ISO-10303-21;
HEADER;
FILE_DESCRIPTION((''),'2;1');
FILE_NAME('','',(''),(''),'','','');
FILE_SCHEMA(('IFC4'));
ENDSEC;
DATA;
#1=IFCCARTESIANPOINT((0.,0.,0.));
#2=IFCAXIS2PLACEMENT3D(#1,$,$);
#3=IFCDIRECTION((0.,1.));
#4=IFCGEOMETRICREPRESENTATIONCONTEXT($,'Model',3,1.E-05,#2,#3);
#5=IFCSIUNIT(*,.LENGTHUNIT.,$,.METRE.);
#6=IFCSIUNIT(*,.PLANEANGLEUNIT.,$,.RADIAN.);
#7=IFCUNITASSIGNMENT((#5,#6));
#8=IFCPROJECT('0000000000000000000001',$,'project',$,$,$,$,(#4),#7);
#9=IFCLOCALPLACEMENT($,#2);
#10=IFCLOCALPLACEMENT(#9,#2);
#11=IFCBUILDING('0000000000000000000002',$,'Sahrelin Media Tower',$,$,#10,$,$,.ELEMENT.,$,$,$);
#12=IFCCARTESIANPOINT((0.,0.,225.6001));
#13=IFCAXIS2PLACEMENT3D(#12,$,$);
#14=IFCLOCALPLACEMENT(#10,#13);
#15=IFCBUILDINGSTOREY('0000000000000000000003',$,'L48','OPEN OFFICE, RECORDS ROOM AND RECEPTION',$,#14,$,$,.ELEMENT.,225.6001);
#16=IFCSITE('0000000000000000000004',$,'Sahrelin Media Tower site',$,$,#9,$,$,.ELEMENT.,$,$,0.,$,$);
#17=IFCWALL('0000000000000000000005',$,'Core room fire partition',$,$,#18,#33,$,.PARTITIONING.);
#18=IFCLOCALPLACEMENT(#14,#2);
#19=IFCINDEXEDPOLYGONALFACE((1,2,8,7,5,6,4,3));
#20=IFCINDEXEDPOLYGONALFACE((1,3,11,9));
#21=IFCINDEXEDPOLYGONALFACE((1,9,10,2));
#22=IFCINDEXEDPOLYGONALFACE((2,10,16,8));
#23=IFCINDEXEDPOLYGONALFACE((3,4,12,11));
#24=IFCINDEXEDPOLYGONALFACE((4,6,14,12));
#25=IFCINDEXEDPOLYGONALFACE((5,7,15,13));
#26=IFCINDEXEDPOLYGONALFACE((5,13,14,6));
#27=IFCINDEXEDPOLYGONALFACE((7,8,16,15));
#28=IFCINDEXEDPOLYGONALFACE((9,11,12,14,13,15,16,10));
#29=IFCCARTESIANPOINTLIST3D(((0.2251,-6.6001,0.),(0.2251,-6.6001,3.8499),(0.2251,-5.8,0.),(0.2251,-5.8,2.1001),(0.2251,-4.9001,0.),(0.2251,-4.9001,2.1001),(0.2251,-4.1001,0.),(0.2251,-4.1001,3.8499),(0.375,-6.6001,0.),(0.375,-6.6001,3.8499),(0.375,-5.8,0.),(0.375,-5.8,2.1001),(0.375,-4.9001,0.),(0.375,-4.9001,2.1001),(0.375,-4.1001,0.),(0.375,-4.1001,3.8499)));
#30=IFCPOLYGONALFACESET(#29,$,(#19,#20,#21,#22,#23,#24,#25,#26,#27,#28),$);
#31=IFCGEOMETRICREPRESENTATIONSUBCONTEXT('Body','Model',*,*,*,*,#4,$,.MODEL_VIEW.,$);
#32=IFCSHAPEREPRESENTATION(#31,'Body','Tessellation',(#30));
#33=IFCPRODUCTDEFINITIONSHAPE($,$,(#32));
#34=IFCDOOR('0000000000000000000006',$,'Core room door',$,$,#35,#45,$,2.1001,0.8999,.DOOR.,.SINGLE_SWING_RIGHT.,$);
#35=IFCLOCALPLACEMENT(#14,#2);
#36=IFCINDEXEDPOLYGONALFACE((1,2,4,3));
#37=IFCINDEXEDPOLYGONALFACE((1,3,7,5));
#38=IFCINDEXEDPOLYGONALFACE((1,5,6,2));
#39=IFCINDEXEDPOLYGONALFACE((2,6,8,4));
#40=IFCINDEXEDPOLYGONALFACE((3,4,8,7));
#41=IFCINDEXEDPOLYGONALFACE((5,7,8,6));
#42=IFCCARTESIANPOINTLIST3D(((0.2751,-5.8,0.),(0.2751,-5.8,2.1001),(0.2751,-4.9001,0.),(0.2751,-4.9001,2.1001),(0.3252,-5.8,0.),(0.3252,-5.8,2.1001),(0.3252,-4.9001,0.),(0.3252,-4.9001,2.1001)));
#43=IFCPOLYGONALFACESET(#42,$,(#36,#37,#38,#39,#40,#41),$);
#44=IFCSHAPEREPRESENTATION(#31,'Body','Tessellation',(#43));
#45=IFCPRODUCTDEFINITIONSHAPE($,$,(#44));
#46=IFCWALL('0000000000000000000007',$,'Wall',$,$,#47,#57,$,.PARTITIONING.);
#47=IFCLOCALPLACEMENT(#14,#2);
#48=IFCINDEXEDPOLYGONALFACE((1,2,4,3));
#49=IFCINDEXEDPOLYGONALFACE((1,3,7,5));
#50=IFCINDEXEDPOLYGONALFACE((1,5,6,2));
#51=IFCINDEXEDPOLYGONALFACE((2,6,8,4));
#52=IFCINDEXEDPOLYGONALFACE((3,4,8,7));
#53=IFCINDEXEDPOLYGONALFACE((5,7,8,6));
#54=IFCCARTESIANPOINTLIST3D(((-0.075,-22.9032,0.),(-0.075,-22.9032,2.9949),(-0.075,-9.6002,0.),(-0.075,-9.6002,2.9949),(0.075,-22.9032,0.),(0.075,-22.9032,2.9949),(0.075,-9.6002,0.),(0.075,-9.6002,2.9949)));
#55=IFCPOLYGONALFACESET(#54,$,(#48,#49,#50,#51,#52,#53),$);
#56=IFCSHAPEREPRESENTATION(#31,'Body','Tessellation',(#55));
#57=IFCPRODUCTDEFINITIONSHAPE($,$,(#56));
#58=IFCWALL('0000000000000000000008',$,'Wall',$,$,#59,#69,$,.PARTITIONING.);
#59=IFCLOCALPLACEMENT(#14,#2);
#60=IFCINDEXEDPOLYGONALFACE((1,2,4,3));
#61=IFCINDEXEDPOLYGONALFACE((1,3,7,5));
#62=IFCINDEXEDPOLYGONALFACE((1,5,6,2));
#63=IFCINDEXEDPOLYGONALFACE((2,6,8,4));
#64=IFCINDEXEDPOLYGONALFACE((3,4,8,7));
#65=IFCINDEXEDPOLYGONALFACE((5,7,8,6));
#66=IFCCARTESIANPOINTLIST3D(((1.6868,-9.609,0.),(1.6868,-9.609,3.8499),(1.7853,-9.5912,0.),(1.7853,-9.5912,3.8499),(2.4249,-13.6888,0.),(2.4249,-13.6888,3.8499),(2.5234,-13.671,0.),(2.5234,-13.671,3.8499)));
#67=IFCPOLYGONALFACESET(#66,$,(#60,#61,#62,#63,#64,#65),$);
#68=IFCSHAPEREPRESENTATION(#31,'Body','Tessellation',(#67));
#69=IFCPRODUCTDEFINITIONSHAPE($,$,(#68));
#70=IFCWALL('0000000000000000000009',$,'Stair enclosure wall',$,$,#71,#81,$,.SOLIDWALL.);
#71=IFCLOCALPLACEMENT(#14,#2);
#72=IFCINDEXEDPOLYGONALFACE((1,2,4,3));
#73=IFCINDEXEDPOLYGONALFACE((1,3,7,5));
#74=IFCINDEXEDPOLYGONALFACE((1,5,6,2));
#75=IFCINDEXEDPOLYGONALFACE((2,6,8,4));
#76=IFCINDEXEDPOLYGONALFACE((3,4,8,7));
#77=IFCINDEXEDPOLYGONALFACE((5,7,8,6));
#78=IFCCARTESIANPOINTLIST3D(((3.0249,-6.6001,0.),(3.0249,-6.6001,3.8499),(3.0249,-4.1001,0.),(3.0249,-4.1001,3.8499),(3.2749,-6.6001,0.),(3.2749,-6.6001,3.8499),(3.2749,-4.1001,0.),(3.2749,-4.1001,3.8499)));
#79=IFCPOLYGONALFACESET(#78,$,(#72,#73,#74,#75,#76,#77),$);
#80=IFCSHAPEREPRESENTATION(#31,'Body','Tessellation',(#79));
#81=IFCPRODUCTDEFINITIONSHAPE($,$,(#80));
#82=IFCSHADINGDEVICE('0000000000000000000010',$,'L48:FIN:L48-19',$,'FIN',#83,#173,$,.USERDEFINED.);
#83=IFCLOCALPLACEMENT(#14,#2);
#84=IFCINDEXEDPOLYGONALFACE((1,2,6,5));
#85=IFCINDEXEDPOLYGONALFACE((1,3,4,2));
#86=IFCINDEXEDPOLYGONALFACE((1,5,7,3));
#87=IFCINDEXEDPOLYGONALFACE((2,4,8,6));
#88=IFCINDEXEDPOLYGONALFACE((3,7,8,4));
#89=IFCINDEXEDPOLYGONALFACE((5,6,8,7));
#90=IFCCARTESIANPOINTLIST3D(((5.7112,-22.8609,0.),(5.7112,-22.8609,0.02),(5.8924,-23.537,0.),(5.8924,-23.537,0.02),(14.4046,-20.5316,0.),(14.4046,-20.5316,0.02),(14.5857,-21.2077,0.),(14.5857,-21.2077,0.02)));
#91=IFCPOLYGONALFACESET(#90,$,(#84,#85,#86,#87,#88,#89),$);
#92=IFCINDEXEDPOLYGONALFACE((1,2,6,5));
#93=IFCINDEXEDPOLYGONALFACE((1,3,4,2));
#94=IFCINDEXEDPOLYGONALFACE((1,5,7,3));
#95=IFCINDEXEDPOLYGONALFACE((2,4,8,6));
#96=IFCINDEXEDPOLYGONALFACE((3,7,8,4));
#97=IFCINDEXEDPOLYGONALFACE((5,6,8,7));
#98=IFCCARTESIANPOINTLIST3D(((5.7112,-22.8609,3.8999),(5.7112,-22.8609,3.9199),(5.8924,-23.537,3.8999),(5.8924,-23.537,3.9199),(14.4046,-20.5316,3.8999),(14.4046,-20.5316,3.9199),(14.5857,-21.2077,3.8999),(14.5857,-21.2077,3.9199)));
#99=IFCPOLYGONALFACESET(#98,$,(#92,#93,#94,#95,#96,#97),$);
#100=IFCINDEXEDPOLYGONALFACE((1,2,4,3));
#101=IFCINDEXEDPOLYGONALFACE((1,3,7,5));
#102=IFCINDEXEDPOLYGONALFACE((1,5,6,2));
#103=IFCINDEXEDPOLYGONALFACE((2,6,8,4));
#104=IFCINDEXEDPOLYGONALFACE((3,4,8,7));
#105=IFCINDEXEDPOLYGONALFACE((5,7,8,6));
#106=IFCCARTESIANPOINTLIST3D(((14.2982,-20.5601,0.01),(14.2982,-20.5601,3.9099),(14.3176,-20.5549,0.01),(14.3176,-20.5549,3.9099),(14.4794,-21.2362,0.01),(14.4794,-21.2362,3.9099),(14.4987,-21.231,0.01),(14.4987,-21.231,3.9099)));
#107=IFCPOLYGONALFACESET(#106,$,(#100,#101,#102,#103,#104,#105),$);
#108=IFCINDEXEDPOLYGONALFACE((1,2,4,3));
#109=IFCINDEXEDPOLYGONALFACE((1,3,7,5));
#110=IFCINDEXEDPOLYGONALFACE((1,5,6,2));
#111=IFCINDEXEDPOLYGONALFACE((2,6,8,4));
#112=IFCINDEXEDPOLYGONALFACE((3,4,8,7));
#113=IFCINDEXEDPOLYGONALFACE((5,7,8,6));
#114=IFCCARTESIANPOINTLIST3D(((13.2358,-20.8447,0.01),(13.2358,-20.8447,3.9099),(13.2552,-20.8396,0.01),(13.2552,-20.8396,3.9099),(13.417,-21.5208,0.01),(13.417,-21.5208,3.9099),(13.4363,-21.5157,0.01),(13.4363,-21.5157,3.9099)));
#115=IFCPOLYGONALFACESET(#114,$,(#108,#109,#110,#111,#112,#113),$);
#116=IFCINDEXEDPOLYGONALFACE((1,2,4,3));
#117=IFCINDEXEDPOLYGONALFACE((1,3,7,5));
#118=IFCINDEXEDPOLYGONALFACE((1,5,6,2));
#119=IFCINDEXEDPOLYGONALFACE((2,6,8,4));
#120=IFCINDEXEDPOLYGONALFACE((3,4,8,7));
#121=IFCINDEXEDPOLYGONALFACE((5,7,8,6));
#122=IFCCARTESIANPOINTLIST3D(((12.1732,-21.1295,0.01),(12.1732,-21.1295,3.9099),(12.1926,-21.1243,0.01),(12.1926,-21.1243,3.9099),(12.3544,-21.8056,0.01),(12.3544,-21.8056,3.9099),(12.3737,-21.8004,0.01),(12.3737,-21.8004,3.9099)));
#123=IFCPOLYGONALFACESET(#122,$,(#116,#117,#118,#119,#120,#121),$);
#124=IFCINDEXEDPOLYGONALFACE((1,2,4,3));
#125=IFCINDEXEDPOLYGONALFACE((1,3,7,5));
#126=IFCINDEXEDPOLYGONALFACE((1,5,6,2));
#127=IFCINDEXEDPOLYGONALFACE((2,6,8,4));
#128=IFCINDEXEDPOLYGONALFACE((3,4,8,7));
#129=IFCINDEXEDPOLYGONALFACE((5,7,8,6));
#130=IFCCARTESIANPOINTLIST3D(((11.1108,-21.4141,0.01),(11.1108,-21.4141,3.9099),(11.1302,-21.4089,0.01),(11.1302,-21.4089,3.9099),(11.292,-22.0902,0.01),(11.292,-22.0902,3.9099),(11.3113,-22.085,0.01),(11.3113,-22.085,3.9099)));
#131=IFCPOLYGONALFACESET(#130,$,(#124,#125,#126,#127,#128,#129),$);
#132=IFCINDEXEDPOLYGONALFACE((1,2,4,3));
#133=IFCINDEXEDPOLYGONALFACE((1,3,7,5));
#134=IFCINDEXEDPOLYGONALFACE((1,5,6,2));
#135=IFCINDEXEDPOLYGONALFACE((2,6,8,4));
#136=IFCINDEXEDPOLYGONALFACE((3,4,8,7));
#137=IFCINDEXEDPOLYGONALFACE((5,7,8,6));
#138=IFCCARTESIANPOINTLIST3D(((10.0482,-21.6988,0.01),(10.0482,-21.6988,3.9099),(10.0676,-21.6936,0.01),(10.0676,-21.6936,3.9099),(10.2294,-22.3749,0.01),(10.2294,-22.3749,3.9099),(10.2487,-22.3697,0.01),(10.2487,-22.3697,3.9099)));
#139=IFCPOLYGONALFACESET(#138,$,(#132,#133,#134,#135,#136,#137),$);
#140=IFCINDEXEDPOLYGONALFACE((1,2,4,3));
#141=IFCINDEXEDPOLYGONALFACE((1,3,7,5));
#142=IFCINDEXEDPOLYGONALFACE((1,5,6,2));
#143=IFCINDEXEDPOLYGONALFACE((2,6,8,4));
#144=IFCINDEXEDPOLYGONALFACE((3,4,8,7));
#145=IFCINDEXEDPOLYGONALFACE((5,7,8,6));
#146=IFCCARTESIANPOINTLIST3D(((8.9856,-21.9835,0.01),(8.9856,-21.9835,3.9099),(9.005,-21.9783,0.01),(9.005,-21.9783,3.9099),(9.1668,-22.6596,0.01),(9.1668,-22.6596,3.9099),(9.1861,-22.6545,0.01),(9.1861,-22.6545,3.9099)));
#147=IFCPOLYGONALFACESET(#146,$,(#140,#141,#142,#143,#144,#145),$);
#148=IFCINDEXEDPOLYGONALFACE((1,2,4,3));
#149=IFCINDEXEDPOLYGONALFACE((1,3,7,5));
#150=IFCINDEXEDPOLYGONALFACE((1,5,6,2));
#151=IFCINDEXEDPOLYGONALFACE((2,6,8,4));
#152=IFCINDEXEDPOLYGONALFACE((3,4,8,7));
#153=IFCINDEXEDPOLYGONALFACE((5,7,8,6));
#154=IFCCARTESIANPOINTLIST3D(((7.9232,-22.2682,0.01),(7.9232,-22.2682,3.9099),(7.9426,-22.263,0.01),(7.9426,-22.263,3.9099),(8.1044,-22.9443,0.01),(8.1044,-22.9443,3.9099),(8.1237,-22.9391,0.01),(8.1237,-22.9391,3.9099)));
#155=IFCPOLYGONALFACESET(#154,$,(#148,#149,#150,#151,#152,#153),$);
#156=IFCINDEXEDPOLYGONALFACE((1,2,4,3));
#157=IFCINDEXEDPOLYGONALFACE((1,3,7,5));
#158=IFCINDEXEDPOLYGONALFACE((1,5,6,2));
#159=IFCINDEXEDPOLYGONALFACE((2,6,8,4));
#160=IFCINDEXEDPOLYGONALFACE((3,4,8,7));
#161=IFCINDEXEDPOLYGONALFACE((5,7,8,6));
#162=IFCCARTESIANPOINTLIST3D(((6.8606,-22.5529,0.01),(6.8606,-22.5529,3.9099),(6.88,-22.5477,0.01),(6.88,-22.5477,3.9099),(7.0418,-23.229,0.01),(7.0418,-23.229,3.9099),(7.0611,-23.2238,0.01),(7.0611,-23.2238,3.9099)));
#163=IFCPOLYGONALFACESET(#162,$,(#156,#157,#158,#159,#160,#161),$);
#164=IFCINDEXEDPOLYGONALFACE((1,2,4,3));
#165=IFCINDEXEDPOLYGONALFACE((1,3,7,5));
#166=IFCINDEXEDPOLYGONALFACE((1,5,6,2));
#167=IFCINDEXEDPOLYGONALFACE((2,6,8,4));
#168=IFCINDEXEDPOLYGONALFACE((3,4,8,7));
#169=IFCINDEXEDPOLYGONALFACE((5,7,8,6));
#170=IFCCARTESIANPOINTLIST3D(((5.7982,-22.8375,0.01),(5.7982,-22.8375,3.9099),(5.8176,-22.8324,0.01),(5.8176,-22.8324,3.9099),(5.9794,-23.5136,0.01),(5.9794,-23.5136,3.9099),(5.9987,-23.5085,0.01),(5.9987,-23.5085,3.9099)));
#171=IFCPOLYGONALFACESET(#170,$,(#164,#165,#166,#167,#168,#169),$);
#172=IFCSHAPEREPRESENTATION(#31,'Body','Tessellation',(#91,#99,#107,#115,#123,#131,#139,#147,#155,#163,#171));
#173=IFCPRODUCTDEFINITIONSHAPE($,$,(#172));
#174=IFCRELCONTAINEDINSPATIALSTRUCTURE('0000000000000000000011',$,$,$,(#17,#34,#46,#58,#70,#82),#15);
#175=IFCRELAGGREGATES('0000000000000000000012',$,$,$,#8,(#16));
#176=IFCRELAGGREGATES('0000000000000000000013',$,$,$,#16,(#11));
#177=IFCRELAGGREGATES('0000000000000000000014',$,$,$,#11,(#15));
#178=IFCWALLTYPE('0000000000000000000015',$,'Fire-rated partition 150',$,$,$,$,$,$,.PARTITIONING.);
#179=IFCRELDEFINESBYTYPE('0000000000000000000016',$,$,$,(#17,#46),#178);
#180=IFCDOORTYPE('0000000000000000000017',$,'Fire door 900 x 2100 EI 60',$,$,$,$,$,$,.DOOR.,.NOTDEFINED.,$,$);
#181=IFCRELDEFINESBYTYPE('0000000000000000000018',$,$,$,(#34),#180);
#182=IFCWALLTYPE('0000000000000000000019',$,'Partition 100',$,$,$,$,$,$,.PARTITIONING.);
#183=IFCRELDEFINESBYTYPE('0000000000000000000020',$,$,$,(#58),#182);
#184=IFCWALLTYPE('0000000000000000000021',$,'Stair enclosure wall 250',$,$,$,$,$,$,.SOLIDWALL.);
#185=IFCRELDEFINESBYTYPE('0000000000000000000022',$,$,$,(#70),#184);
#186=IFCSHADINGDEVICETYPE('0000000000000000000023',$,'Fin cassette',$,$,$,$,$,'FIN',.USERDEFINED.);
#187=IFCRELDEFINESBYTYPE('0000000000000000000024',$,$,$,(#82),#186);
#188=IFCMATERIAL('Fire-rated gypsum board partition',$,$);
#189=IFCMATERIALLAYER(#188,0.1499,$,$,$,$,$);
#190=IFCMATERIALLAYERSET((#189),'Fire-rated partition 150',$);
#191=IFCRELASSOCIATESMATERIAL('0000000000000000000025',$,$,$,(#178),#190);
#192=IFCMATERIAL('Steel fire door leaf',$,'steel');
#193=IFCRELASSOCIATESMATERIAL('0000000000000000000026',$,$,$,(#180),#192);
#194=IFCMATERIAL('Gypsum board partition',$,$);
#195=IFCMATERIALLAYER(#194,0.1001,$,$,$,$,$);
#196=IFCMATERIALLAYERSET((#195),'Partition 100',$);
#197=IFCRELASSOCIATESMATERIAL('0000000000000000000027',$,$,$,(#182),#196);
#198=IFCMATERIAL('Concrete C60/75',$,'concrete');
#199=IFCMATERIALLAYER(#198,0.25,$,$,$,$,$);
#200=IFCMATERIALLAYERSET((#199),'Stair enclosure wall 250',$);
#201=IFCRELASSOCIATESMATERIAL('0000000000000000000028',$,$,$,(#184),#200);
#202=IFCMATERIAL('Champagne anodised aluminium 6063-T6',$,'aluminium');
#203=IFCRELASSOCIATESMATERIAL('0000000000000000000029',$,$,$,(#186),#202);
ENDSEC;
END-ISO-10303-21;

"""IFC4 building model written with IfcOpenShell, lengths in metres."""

from ifc_helpers import new_model, si_unit, direction, frame, frame_2d, origin, origin_2d, place, context, subcontext, project, spatial, rectangle, extrude, material, layer, layer_set, type_object, element, fill, save


model = new_model("IFC4")

# Units and contexts
model_context = context("Model", 3, precision=1e-05, world=origin(), true_north=direction((0.0, 1.0)))
body_context = subcontext(model_context, "Body", "Model", "MODEL_VIEW")
ifc_project = project(units=[si_unit("LENGTHUNIT", "METRE"), si_unit("PLANEANGLEUNIT", "RADIAN")], contexts=[model_context])

# Site, building, storey
site_placement = place(None, origin())
site = spatial("IfcSite", under=ifc_project, at=site_placement, Name="Sahrelin Media Tower site", CompositionType="ELEMENT", RefElevation=0.0)
building_placement = place(site_placement, origin())
building = spatial("IfcBuilding", under=site, at=building_placement, Name="Sahrelin Media Tower", CompositionType="ELEMENT")
storey_placement = place(building_placement, frame((0.0, 0.0, 225.6001)))
storey = spatial("IfcBuildingStorey", under=building, at=storey_placement, Name="L48", Description="OPEN OFFICE, RECORDS ROOM AND RECEPTION", CompositionType="ELEMENT", Elevation=225.6001)

# Shared definitions
ifc_material_1 = material(Name="Champagne anodised aluminium 6063-T6", Category="aluminium")

# Wall, opening, door
ifc_material_2 = material(Name="Fire-rated gypsum board partition")
ifc_layer_1 = layer(ifc_material_2, 0.1499)
ifc_layer_set_1 = layer_set([ifc_layer_1], Name="Fire-rated partition 150")
wall_type_1 = type_object("IfcWallType", Name="Fire-rated partition 150", PredefinedType="PARTITIONING", material=ifc_layer_set_1)
wall_1_placement = place(storey_placement, frame((0.3, -6.6001, 0.0), z_axis=(0.0, 0.0, 1.0), x_axis=(0.0, 1.0, 0.0)))
wall_1 = element("IfcWall", 1, at=wall_1_placement, inside=storey, type_object=wall_type_1, Name="Core room fire partition", PredefinedType="PARTITIONING", context=body_context, shape_type="SweptSolid", body=[
    extrude(rectangle(XDim=2.5, YDim=0.1499, at=frame_2d((1.25, 0.0))), origin(), (0.0, 0.0, 1.0), 3.8499),
])
opening_placement = place(wall_1_placement, frame((0.8, 0.0, 0.0)))
opening = element("IfcOpeningElement", 2, at=opening_placement, cuts=wall_1, PredefinedType="OPENING", context=body_context, shape_type="SweptSolid", body=[
    extrude(rectangle(XDim=0.8999, YDim=2.1001, at=frame_2d((0.45, 1.05))), frame((0.0, 0.075, 0.0), z_axis=(0.0, -1.0, 0.0), x_axis=(1.0, 0.0, 0.0)), (0.0, 0.0, 1.0), 0.1499),
])
ifc_material_3 = material(Name="Steel fire door leaf", Category="steel")
door_type = type_object("IfcDoorType", Name="Fire door 900 x 2100 EI 60", OperationType="NOTDEFINED", PredefinedType="DOOR", material=ifc_material_3)
door_placement = place(opening_placement, origin())
door = element("IfcDoor", 3, at=door_placement, inside=storey, type_object=door_type, Name="Core room door", OperationType="SINGLE_SWING_RIGHT", OverallHeight=2.1001, OverallWidth=0.8999, PredefinedType="DOOR", context=body_context, shape_type="SweptSolid", body=[
    extrude(rectangle(XDim=0.8999, YDim=2.1001, at=frame_2d((0.45, 1.05))), frame((0.0, 0.0249, 0.0), z_axis=(0.0, -1.0, 0.0), x_axis=(1.0, 0.0, 0.0)), (0.0, 0.0, 1.0), 0.05),
])
fill(opening, door)

# Walls
wall_2_placement = place(storey_placement, frame((0.0, -22.9031, 0.0), z_axis=(0.0, 0.0, 1.0), x_axis=(0.0, 1.0, 0.0)))
element("IfcWall", 4, at=wall_2_placement, inside=storey, type_object=wall_type_1, Name="Wall", PredefinedType="PARTITIONING", context=body_context, shape_type="SweptSolid", body=[
    extrude(rectangle(XDim=13.303, YDim=0.1499, at=frame_2d((6.6514, 0.0))), origin(), (0.0, 0.0, 1.0), 2.9949),
])
ifc_material_4 = material(Name="Gypsum board partition")
ifc_layer_2 = layer(ifc_material_4, 0.1001)
ifc_layer_set_2 = layer_set([ifc_layer_2], Name="Partition 100")
wall_type_2 = type_object("IfcWallType", Name="Partition 100", PredefinedType="PARTITIONING", material=ifc_layer_set_2)
wall_3_placement = place(storey_placement, frame((1.7361, -9.6001, 0.0), z_axis=(0.0, 0.0, 1.0), x_axis=(0.17801, -0.984029, 0.0)))
element("IfcWall", 5, at=wall_3_placement, inside=storey, type_object=wall_type_2, Name="Wall", PredefinedType="PARTITIONING", context=body_context, shape_type="SweptSolid", body=[
    extrude(rectangle(XDim=4.146, YDim=0.1001, at=frame_2d((2.073, 0.0))), origin(), (0.0, 0.0, 1.0), 3.8499),
])
ifc_material_5 = material(Name="Concrete C60/75", Category="concrete")
ifc_layer_3 = layer(ifc_material_5, 0.25)
ifc_layer_set_3 = layer_set([ifc_layer_3], Name="Stair enclosure wall 250")
wall_type_3 = type_object("IfcWallType", Name="Stair enclosure wall 250", PredefinedType="SOLIDWALL", material=ifc_layer_set_3)
wall_4_placement = place(storey_placement, frame((3.1499, -6.6001, 0.0), z_axis=(0.0, 0.0, 1.0), x_axis=(0.0, 1.0, 0.0)))
element("IfcWall", 6, at=wall_4_placement, inside=storey, type_object=wall_type_3, Name="Stair enclosure wall", PredefinedType="SOLIDWALL", context=body_context, shape_type="SweptSolid", body=[
    extrude(rectangle(XDim=2.5, YDim=0.25, at=frame_2d((1.25, 0.0))), origin(), (0.0, 0.0, 1.0), 3.8499),
])

# Shading device
shading_device_type_1 = type_object("IfcShadingDeviceType", Name="Fin cassette", ElementType="FIN", PredefinedType="USERDEFINED", material=ifc_material_1)
placement = place(storey_placement, frame((10.0398, -21.6287, 0.0), z_axis=(0.0, 0.0, 1.0), x_axis=(-0.965929, -0.258808, 0.0)))
element("IfcShadingDevice", 7, at=placement, inside=storey, type_object=shading_device_type_1, Name="L48:FIN:L48-19", ObjectType="FIN", PredefinedType="USERDEFINED", context=body_context, shape_type="SweptSolid", body=[
    extrude(rectangle(XDim=9.0, YDim=0.7, at=origin_2d()), frame((0.0, 0.4199, 0.0)), (0.0, 0.0, 1.0), 0.02),
    extrude(rectangle(XDim=9.0, YDim=0.7, at=origin_2d()), frame((0.0, 0.4199, 3.8999)), (0.0, 0.0, 1.0), 0.02),
    extrude(rectangle(XDim=0.02, YDim=0.7, at=origin_2d()), frame((-4.3999, 0.4199, 0.01), z_axis=(0.0, 0.0, 1.0), x_axis=(1.0, 0.0, 0.0)), (0.0, 0.0, 1.0), 3.8999),
    extrude(rectangle(XDim=0.02, YDim=0.7, at=origin_2d()), frame((-3.3, 0.4199, 0.01), z_axis=(0.0, 0.0, 1.0), x_axis=(1.0, 0.0, 0.0)), (0.0, 0.0, 1.0), 3.8999),
    extrude(rectangle(XDim=0.02, YDim=0.7, at=origin_2d()), frame((-2.2, 0.4199, 0.01), z_axis=(0.0, 0.0, 1.0), x_axis=(1.0, 0.0, 0.0)), (0.0, 0.0, 1.0), 3.8999),
    extrude(rectangle(XDim=0.02, YDim=0.7, at=origin_2d()), frame((-1.1001, 0.4199, 0.01), z_axis=(0.0, 0.0, 1.0), x_axis=(1.0, 0.0, 0.0)), (0.0, 0.0, 1.0), 3.8999),
    extrude(rectangle(XDim=0.02, YDim=0.7, at=origin_2d()), frame((0.0, 0.4199, 0.01), z_axis=(0.0, 0.0, 1.0), x_axis=(1.0, 0.0, 0.0)), (0.0, 0.0, 1.0), 3.8999),
    extrude(rectangle(XDim=0.02, YDim=0.7, at=origin_2d()), frame((1.1001, 0.4199, 0.01), z_axis=(0.0, 0.0, 1.0), x_axis=(1.0, 0.0, 0.0)), (0.0, 0.0, 1.0), 3.8999),
    extrude(rectangle(XDim=0.02, YDim=0.7, at=origin_2d()), frame((2.2, 0.4199, 0.01), z_axis=(0.0, 0.0, 1.0), x_axis=(1.0, 0.0, 0.0)), (0.0, 0.0, 1.0), 3.8999),
    extrude(rectangle(XDim=0.02, YDim=0.7, at=origin_2d()), frame((3.3, 0.4199, 0.01), z_axis=(0.0, 0.0, 1.0), x_axis=(1.0, 0.0, 0.0)), (0.0, 0.0, 1.0), 3.8999),
    extrude(rectangle(XDim=0.02, YDim=0.7, at=origin_2d()), frame((4.3999, 0.4199, 0.01), z_axis=(0.0, 0.0, 1.0), x_axis=(1.0, 0.0, 0.0)), (0.0, 0.0, 1.0), 3.8999),
])

save(model, "model.ifc")
